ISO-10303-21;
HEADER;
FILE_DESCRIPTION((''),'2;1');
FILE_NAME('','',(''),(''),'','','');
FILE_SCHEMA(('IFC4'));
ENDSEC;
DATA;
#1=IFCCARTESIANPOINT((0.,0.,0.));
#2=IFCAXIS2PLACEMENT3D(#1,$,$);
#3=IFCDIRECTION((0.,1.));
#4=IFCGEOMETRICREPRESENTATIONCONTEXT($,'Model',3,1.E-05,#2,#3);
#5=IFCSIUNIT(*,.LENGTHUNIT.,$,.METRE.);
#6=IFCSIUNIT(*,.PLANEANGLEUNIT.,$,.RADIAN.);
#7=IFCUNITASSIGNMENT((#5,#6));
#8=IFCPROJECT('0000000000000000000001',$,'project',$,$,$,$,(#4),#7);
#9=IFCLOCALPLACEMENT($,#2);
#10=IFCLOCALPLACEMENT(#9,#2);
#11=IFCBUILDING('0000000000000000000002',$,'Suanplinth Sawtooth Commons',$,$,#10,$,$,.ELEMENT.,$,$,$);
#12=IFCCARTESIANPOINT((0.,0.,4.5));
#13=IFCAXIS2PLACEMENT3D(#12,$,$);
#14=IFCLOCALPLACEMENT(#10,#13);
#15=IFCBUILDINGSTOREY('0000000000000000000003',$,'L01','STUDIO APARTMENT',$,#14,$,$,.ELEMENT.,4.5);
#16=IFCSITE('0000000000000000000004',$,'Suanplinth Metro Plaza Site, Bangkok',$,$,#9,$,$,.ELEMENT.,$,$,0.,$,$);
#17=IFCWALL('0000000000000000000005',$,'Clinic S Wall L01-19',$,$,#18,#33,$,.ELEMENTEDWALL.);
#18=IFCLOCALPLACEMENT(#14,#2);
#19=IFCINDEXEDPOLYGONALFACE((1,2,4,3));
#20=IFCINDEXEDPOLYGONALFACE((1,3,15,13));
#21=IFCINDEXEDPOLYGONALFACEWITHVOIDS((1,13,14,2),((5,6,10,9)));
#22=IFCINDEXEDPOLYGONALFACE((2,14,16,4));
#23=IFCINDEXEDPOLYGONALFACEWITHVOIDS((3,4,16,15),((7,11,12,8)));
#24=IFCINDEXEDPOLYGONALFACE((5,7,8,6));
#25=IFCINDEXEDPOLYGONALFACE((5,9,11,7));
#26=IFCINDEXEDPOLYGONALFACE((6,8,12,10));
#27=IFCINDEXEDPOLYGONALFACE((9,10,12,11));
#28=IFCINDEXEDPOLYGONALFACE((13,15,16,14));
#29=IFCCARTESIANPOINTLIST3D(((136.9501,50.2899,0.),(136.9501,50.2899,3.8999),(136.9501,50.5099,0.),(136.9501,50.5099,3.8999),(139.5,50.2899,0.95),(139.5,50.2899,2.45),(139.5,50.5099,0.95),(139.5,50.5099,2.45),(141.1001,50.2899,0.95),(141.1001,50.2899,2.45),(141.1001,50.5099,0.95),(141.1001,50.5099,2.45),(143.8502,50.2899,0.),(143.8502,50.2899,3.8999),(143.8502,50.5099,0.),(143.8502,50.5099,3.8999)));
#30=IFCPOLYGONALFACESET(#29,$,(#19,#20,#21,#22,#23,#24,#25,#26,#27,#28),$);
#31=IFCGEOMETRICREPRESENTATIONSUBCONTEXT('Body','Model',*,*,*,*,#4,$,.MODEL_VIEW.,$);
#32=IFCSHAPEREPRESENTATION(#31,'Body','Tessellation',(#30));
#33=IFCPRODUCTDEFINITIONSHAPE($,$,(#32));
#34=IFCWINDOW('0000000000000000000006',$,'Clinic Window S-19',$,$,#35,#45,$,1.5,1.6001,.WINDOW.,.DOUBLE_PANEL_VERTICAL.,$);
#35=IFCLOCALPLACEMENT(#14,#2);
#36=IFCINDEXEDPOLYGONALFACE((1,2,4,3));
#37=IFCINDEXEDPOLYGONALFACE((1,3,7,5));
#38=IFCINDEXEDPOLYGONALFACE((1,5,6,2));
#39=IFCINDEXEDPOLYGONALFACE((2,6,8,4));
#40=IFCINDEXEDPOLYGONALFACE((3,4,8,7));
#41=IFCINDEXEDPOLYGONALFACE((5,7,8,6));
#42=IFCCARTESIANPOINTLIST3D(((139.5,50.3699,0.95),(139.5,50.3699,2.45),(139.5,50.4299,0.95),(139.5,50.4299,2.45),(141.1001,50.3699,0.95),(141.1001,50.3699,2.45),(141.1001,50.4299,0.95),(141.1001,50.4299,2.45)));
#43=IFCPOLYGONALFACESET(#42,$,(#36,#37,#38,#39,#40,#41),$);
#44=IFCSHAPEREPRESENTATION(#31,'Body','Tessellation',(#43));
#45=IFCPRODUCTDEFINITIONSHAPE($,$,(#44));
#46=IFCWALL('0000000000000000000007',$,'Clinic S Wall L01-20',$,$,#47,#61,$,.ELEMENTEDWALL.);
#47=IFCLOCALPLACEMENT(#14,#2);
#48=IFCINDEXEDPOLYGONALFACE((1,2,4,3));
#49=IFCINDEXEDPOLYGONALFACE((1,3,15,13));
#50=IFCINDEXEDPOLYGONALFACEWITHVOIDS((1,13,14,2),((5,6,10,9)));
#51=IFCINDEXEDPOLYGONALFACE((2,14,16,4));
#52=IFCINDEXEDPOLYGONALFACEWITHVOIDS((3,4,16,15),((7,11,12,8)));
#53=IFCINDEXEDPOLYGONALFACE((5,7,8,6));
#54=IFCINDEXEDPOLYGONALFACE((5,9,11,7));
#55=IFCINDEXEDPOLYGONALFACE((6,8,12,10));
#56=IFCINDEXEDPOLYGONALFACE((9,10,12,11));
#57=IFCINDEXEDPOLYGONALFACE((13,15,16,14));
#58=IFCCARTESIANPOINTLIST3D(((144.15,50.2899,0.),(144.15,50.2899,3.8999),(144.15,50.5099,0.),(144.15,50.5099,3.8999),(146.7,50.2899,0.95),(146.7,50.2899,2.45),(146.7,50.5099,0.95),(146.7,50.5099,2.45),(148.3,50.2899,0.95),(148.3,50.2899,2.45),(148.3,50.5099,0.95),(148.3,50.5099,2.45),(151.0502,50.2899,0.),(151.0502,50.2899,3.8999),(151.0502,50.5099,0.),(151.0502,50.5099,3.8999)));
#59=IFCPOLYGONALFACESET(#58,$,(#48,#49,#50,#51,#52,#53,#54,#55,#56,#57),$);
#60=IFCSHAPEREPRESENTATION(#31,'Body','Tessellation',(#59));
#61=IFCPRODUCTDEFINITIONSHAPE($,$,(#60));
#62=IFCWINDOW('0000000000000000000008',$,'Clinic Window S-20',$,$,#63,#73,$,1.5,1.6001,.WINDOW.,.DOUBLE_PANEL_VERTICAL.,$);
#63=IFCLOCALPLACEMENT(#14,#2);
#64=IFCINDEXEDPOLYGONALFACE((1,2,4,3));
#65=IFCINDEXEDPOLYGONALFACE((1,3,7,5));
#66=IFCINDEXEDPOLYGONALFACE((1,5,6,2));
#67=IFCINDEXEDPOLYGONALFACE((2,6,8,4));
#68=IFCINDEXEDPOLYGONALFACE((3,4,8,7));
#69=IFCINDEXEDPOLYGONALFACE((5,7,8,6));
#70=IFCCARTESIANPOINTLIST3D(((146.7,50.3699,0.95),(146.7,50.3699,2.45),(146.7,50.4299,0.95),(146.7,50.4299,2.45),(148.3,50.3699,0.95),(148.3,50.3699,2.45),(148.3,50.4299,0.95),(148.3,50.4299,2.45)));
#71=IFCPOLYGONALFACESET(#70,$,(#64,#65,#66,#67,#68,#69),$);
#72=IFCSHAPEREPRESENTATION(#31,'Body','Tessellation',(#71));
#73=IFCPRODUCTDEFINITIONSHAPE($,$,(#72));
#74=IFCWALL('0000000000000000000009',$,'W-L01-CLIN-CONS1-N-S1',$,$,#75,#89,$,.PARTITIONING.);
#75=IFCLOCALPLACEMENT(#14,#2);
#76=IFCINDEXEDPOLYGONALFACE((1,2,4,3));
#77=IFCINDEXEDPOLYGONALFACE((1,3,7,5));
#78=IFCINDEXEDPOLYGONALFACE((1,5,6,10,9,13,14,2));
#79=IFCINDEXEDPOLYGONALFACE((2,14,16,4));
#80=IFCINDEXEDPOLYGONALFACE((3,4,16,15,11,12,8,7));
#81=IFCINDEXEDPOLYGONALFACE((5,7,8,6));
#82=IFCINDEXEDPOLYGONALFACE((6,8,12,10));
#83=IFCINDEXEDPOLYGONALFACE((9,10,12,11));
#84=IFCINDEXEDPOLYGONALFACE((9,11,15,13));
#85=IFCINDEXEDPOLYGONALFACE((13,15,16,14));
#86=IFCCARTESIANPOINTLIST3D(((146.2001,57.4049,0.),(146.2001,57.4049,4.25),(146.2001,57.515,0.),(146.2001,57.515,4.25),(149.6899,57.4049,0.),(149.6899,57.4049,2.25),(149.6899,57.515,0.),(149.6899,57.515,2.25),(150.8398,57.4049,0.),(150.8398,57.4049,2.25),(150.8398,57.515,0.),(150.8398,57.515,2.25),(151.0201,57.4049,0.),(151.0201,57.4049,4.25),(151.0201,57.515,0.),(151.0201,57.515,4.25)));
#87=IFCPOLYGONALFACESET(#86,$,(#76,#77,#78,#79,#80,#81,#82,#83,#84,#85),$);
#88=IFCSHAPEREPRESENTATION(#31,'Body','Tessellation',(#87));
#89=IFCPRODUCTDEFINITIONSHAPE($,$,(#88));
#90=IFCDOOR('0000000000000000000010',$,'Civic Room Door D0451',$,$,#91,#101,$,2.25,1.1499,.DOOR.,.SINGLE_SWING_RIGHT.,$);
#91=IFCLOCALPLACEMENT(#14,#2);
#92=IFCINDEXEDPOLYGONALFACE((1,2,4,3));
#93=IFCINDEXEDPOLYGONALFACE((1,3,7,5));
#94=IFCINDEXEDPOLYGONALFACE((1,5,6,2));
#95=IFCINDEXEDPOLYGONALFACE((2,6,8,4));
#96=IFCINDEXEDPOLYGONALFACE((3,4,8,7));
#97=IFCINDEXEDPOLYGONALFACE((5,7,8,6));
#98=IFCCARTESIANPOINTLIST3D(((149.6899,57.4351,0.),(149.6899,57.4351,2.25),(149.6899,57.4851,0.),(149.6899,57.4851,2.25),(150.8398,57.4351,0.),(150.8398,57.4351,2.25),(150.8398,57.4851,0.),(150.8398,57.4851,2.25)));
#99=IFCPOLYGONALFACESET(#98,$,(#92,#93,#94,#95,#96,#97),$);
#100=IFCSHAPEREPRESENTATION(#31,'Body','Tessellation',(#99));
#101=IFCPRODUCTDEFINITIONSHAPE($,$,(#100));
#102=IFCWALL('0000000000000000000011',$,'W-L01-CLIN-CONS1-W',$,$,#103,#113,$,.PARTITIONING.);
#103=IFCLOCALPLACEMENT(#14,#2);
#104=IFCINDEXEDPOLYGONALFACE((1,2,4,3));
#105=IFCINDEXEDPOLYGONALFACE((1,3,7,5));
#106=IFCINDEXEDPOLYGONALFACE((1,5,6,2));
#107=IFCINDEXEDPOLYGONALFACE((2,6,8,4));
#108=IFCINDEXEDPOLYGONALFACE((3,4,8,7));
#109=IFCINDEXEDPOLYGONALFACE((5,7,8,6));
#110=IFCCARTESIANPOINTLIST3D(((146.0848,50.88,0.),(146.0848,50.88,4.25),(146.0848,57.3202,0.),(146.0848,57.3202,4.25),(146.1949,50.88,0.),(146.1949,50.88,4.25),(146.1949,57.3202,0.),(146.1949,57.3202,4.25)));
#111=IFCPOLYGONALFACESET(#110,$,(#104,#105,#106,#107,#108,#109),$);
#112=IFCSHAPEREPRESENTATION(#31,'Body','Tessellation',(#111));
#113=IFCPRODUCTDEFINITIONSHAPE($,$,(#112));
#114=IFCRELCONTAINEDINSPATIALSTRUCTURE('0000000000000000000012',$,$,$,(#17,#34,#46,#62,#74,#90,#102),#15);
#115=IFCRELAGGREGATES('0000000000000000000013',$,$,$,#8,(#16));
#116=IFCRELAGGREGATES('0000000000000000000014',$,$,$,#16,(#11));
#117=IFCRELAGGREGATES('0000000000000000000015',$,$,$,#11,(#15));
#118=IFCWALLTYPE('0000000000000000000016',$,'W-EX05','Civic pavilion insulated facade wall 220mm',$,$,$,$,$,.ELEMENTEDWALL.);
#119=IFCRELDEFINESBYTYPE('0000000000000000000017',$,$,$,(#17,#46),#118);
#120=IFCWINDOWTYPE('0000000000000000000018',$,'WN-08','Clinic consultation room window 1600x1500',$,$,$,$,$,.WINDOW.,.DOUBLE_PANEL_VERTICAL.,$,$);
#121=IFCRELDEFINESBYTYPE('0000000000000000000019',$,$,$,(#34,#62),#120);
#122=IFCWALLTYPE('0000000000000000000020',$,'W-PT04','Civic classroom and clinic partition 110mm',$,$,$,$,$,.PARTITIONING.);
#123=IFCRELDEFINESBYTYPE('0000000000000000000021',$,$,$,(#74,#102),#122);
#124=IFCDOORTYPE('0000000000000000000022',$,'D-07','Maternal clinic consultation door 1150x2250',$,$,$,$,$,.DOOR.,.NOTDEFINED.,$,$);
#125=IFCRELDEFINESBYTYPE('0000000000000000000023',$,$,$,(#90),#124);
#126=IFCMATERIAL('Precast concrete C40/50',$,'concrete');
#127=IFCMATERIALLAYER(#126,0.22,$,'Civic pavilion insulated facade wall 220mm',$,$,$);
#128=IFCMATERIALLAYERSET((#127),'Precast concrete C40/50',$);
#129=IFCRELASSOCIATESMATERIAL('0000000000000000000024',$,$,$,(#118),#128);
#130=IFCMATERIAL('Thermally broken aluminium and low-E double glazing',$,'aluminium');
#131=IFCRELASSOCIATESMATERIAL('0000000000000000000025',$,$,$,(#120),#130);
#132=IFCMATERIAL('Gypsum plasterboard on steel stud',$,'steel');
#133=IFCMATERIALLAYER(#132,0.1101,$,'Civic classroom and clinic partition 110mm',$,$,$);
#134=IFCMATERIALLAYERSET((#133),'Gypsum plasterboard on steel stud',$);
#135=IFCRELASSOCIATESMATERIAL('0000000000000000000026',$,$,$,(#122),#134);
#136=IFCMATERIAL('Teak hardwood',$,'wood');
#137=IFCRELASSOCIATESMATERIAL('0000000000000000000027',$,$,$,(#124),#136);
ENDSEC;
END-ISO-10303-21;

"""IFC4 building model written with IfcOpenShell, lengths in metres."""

from ifc_helpers import new_model, si_unit, direction, frame, frame_2d, origin, place, context, subcontext, project, spatial, rectangle, extrude, material, layer, layer_set, type_object, element, fill, save


model = new_model("IFC4")

# Units and contexts
model_context = context("Model", 3, precision=1e-05, world=origin(), true_north=direction((0.0, 1.0)))
body_context = subcontext(model_context, "Body", "Model", "MODEL_VIEW")
ifc_project = project(units=[si_unit("LENGTHUNIT", "METRE"), si_unit("PLANEANGLEUNIT", "RADIAN")], contexts=[model_context])

# Site, building, storey
site_placement = place(None, origin())
site = spatial("IfcSite", under=ifc_project, at=site_placement, Name="Suanplinth Metro Plaza Site, Bangkok", CompositionType="ELEMENT", RefElevation=0.0)
building_placement = place(site_placement, origin())
building = spatial("IfcBuilding", under=site, at=building_placement, Name="Suanplinth Sawtooth Commons", CompositionType="ELEMENT")
storey_placement = place(building_placement, frame((0.0, 0.0, 4.5)))
storey = spatial("IfcBuildingStorey", under=building, at=storey_placement, Name="L01", Description="STUDIO APARTMENT", CompositionType="ELEMENT", Elevation=4.5)

# Shared definitions
ifc_material_1 = material(Name="Precast concrete C40/50", Category="concrete")

# Walls, openings, windows
ifc_layer_1 = layer(ifc_material_1, 0.22, Name="Civic pavilion insulated facade wall 220mm")
ifc_layer_set_1 = layer_set([ifc_layer_1], Name="Precast concrete C40/50")
wall_type_1 = type_object("IfcWallType", Name="W-EX05", Description="Civic pavilion insulated facade wall 220mm", PredefinedType="ELEMENTEDWALL", material=ifc_layer_set_1)
wall_1_placement = place(storey_placement, frame((136.95, 50.3999, 0.0), z_axis=(0.0, 0.0, 1.0), x_axis=(1.0, 0.0, 0.0)))
wall_1 = element("IfcWall", 1, at=wall_1_placement, inside=storey, type_object=wall_type_1, Name="Clinic S Wall L01-19", PredefinedType="ELEMENTEDWALL", context=body_context, shape_type="SweptSolid", body=[
    extrude(rectangle(XDim=6.9001, YDim=0.22, at=frame_2d((3.4502, 0.0))), origin(), (0.0, 0.0, 1.0), 3.8999),
])
opening_1_placement = place(wall_1_placement, frame((2.55, 0.0, 0.95)))
opening_1 = element("IfcOpeningElement", 2, at=opening_1_placement, cuts=wall_1, PredefinedType="OPENING", context=body_context, shape_type="SweptSolid", body=[
    extrude(rectangle(XDim=1.6001, YDim=1.5, at=frame_2d((0.8, 0.75))), frame((0.0, 0.125, 0.0), z_axis=(0.0, -1.0, 0.0), x_axis=(1.0, 0.0, 0.0)), (0.0, 0.0, 1.0), 0.2498),
])
ifc_material_2 = material(Name="Thermally broken aluminium and low-E double glazing", Category="aluminium")
window_type = type_object("IfcWindowType", Name="WN-08", Description="Clinic consultation room window 1600x1500", PartitioningType="DOUBLE_PANEL_VERTICAL", PredefinedType="WINDOW", material=ifc_material_2)
window_1_placement = place(opening_1_placement, origin())
window_1 = element("IfcWindow", 3, at=window_1_placement, inside=storey, type_object=window_type, Name="Clinic Window S-19", OverallHeight=1.5, OverallWidth=1.6001, PartitioningType="DOUBLE_PANEL_VERTICAL", PredefinedType="WINDOW", context=body_context, shape_type="SweptSolid", body=[
    extrude(rectangle(XDim=1.6001, YDim=1.5, at=frame_2d((0.8, 0.75))), frame((0.0, 0.03, 0.0), z_axis=(0.0, -1.0, 0.0), x_axis=(1.0, 0.0, 0.0)), (0.0, 0.0, 1.0), 0.0601),
])
fill(opening_1, window_1)
wall_2_placement = place(storey_placement, frame((144.1499, 50.3999, 0.0), z_axis=(0.0, 0.0, 1.0), x_axis=(1.0, 0.0, 0.0)))
wall_2 = element("IfcWall", 4, at=wall_2_placement, inside=storey, type_object=wall_type_1, Name="Clinic S Wall L01-20", PredefinedType="ELEMENTEDWALL", context=body_context, shape_type="SweptSolid", body=[
    extrude(rectangle(XDim=6.9001, YDim=0.22, at=frame_2d((3.4502, 0.0))), origin(), (0.0, 0.0, 1.0), 3.8999),
])
opening_2_placement = place(wall_2_placement, frame((2.55, 0.0, 0.95)))
opening_2 = element("IfcOpeningElement", 5, at=opening_2_placement, cuts=wall_2, PredefinedType="OPENING", context=body_context, shape_type="SweptSolid", body=[
    extrude(rectangle(XDim=1.6001, YDim=1.5, at=frame_2d((0.8, 0.75))), frame((0.0, 0.125, 0.0), z_axis=(0.0, -1.0, 0.0), x_axis=(1.0, 0.0, 0.0)), (0.0, 0.0, 1.0), 0.2498),
])
window_2_placement = place(opening_2_placement, origin())
window_2 = element("IfcWindow", 6, at=window_2_placement, inside=storey, type_object=window_type, Name="Clinic Window S-20", OverallHeight=1.5, OverallWidth=1.6001, PartitioningType="DOUBLE_PANEL_VERTICAL", PredefinedType="WINDOW", context=body_context, shape_type="SweptSolid", body=[
    extrude(rectangle(XDim=1.6001, YDim=1.5, at=frame_2d((0.8, 0.75))), frame((0.0, 0.03, 0.0), z_axis=(0.0, -1.0, 0.0), x_axis=(1.0, 0.0, 0.0)), (0.0, 0.0, 1.0), 0.0601),
])
fill(opening_2, window_2)

# Wall, opening, door
ifc_material_3 = material(Name="Gypsum plasterboard on steel stud", Category="steel")
ifc_layer_2 = layer(ifc_material_3, 0.1101, Name="Civic classroom and clinic partition 110mm")
ifc_layer_set_2 = layer_set([ifc_layer_2], Name="Gypsum plasterboard on steel stud")
wall_type_2 = type_object("IfcWallType", Name="W-PT04", Description="Civic classroom and clinic partition 110mm", PredefinedType="PARTITIONING", material=ifc_layer_set_2)
wall_3_placement = place(storey_placement, frame((146.2, 57.46, 0.0), z_axis=(0.0, 0.0, 1.0), x_axis=(1.0, 0.0, 0.0)))
wall_3 = element("IfcWall", 7, at=wall_3_placement, inside=storey, type_object=wall_type_2, Name="W-L01-CLIN-CONS1-N-S1", PredefinedType="PARTITIONING", context=body_context, shape_type="SweptSolid", body=[
    extrude(rectangle(XDim=4.8201, YDim=0.1101, at=frame_2d((2.4102, 0.0))), origin(), (0.0, 0.0, 1.0), 4.25),
])
opening_3_placement = place(wall_3_placement, frame((3.49, 0.0, 0.0)))
opening_3 = element("IfcOpeningElement", 8, at=opening_3_placement, cuts=wall_3, PredefinedType="OPENING", context=body_context, shape_type="SweptSolid", body=[
    extrude(rectangle(XDim=1.1499, YDim=2.25, at=frame_2d((0.575, 1.125))), frame((0.0, 0.0698, 0.0), z_axis=(0.0, -1.0, 0.0), x_axis=(1.0, 0.0, 0.0)), (0.0, 0.0, 1.0), 0.1399),
])
ifc_material_4 = material(Name="Teak hardwood", Category="wood")
door_type = type_object("IfcDoorType", Name="D-07", Description="Maternal clinic consultation door 1150x2250", OperationType="NOTDEFINED", PredefinedType="DOOR", material=ifc_material_4)
door_placement = place(opening_3_placement, frame((1.1499, 0.0, 0.0), z_axis=(0.0, 0.0, 1.0), x_axis=(-1.0, 0.0, 0.0)))
door = element("IfcDoor", 9, at=door_placement, inside=storey, type_object=door_type, Name="Civic Room Door D0451", OperationType="SINGLE_SWING_RIGHT", OverallHeight=2.25, OverallWidth=1.1499, PredefinedType="DOOR", context=body_context, shape_type="SweptSolid", body=[
    extrude(rectangle(XDim=1.1499, YDim=2.25, at=frame_2d((0.575, 1.125))), frame((0.0, 0.0249, 0.0), z_axis=(0.0, -1.0, 0.0), x_axis=(1.0, 0.0, 0.0)), (0.0, 0.0, 1.0), 0.05),
])
fill(opening_3, door)

# Wall
wall_4_placement = place(storey_placement, frame((146.1399, 50.8799, 0.0), z_axis=(0.0, 0.0, 1.0), x_axis=(0.0, 1.0, 0.0)))
element("IfcWall", 10, at=wall_4_placement, inside=storey, type_object=wall_type_2, Name="W-L01-CLIN-CONS1-W", PredefinedType="PARTITIONING", context=body_context, shape_type="SweptSolid", body=[
    extrude(rectangle(XDim=6.4402, YDim=0.1101, at=frame_2d((3.2202, 0.0))), origin(), (0.0, 0.0, 1.0), 4.25),
])

save(model, "model.ifc")
